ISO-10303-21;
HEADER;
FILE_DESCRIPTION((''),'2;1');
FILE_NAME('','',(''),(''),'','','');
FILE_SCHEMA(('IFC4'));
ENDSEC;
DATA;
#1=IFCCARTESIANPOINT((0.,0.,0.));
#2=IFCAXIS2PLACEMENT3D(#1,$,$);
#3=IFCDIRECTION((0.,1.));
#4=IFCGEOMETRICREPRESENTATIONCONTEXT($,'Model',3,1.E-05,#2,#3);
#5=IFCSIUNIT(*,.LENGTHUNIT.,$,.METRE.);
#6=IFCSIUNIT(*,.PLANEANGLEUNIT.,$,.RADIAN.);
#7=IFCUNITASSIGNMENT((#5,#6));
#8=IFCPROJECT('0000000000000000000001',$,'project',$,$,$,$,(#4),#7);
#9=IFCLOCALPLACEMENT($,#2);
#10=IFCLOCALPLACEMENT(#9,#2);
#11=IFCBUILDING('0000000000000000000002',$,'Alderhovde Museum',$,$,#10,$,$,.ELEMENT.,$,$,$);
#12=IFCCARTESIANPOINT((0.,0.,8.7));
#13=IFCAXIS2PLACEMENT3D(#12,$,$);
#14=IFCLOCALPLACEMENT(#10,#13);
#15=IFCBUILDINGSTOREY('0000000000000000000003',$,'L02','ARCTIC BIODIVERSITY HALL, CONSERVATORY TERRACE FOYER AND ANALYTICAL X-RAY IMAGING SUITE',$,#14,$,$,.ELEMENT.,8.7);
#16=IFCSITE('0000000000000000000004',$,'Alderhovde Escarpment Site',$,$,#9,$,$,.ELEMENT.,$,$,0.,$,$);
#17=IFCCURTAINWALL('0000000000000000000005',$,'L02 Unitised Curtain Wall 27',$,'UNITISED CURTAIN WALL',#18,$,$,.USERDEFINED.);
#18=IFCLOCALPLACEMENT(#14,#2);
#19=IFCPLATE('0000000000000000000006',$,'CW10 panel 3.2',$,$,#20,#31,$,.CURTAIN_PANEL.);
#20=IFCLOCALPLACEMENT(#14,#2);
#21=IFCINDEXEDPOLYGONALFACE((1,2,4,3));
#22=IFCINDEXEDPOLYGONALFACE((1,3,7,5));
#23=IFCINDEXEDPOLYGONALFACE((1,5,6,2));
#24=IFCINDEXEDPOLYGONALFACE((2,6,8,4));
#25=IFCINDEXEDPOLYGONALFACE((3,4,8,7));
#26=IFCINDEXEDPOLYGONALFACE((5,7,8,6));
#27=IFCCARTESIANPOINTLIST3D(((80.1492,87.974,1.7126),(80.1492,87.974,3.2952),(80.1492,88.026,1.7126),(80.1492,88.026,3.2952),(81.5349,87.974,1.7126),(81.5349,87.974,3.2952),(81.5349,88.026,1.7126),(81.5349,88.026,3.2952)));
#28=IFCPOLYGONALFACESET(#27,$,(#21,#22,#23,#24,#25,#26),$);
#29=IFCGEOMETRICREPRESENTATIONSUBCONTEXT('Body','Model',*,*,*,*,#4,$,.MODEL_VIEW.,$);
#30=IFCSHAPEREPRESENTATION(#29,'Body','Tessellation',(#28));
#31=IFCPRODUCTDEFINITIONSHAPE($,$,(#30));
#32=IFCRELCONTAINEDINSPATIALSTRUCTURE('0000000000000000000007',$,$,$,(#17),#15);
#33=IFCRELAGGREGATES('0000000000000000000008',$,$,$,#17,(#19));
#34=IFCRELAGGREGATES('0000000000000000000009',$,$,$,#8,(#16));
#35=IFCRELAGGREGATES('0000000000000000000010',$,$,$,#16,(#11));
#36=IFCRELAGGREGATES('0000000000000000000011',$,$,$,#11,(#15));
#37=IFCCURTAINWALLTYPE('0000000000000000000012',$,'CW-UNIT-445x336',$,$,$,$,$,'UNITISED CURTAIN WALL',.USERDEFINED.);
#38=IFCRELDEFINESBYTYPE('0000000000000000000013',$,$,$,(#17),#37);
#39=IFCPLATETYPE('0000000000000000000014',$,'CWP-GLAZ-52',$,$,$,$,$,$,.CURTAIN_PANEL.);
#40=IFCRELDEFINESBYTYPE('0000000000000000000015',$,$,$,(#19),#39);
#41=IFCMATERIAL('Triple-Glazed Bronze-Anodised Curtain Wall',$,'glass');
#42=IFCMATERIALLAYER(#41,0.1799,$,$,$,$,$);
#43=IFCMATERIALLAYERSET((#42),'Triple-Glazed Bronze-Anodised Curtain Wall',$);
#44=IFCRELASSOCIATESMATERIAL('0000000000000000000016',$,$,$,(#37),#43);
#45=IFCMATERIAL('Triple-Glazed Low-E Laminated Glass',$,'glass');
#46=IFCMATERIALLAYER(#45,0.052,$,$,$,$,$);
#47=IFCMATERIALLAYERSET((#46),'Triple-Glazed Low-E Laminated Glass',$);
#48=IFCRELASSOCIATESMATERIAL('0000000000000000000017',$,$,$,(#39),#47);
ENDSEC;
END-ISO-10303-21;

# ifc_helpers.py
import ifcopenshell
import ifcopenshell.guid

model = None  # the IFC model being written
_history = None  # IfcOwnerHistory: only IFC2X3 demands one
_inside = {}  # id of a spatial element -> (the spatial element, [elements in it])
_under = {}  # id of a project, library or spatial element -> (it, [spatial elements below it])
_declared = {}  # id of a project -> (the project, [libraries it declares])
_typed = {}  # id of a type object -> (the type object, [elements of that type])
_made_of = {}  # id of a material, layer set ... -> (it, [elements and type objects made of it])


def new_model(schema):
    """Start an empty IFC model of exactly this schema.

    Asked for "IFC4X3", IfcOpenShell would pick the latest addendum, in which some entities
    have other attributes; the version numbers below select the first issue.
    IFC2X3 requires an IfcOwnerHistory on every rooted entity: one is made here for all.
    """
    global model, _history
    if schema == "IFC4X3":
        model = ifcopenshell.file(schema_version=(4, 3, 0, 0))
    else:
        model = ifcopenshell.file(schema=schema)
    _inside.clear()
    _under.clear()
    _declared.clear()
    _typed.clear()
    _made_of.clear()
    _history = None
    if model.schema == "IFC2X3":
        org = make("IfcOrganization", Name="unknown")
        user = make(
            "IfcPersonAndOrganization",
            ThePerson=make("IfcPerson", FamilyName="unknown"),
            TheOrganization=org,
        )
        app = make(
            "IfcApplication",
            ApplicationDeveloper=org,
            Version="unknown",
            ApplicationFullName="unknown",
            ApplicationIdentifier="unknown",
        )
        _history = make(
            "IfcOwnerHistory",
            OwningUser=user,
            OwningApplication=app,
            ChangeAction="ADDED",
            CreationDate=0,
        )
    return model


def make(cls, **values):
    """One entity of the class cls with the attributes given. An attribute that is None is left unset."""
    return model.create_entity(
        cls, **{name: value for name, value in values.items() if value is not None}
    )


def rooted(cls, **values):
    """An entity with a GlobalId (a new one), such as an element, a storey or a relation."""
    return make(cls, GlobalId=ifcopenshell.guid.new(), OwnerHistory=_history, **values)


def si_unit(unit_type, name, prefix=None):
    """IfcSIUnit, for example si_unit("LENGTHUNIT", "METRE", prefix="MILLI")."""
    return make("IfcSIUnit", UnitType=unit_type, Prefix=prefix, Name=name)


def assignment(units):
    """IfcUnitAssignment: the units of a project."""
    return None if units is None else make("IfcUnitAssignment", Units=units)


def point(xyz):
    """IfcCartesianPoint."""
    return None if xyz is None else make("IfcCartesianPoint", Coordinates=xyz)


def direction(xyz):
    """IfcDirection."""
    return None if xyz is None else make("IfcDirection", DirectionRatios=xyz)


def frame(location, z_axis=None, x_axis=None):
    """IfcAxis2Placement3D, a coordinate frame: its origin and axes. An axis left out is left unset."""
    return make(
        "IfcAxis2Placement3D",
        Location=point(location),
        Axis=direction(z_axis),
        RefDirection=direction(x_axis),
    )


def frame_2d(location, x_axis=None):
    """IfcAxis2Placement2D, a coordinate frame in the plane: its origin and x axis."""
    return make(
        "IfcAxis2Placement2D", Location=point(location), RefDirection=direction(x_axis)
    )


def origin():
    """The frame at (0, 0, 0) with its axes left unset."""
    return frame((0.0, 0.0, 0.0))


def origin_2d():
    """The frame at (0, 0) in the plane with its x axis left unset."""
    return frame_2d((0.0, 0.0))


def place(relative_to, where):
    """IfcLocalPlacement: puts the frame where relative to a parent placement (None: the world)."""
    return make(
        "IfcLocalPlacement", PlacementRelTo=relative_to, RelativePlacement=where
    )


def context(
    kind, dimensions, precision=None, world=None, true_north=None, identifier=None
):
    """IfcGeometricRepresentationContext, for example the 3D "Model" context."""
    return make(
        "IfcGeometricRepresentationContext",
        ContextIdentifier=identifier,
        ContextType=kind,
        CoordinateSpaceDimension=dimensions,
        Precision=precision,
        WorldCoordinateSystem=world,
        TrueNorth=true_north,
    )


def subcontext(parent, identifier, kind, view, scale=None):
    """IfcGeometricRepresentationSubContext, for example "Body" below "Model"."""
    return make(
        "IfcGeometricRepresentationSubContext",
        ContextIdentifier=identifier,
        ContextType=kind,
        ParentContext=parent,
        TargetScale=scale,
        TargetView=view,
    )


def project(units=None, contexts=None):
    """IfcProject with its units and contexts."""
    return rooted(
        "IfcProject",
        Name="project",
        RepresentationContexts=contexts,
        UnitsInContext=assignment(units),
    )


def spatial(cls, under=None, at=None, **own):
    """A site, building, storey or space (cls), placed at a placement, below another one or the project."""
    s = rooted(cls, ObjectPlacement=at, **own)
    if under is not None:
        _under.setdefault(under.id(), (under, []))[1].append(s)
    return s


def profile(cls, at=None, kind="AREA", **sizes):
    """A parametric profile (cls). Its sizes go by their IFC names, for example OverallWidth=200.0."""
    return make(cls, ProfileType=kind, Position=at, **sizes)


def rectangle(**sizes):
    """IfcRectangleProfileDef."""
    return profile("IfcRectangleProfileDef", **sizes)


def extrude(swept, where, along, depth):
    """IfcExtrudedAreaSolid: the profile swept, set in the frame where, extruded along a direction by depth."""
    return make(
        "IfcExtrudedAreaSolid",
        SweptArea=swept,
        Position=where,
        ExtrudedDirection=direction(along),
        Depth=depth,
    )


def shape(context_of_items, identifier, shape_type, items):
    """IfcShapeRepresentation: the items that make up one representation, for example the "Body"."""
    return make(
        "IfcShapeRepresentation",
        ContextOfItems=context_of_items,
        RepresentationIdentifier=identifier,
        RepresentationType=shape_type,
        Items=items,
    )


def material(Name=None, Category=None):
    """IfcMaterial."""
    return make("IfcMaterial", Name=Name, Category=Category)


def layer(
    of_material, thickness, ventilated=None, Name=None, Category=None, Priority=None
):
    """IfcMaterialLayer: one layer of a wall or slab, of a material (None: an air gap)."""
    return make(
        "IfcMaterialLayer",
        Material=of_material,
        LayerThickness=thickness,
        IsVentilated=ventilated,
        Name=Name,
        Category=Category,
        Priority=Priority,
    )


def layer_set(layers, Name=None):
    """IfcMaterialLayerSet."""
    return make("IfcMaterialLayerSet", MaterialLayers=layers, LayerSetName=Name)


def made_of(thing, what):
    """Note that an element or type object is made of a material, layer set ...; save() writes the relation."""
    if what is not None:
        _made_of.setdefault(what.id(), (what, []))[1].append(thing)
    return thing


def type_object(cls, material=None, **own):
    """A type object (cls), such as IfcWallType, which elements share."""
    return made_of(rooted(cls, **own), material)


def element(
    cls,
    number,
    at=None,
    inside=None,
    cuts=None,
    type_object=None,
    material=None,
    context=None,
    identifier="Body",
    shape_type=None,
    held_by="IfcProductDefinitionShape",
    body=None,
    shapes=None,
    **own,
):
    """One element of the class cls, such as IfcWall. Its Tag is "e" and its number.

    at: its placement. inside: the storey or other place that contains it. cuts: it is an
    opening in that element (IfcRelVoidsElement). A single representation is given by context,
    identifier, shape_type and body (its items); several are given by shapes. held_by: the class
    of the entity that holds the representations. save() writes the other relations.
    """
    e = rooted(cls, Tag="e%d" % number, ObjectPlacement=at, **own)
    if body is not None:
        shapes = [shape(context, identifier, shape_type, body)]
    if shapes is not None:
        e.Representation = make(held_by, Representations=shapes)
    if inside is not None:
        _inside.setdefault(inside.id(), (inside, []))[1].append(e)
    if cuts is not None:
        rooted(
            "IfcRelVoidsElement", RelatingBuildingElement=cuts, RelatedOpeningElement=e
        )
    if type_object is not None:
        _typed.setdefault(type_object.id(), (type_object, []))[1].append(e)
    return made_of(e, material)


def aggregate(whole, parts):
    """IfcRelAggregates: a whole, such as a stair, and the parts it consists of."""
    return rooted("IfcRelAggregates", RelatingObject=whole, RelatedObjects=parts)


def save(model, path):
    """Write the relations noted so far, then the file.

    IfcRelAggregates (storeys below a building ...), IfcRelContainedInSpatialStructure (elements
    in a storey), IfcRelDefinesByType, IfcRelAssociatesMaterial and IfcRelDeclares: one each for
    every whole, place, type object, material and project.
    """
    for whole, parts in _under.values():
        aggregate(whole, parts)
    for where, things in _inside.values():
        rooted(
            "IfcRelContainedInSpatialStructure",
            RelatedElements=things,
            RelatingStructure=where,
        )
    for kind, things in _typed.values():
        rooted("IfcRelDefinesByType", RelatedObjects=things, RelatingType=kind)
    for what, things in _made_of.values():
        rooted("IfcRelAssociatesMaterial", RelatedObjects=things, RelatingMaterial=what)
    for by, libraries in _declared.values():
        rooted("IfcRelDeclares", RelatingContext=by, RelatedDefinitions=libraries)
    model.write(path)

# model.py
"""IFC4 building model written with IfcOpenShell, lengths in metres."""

from ifc_helpers import new_model, si_unit, direction, frame, origin, origin_2d, place, context, subcontext, project, spatial, rectangle, extrude, material, layer, layer_set, type_object, element, aggregate, save


model = new_model("IFC4")

# Units and contexts
model_context = context("Model", 3, precision=1e-05, world=origin(), true_north=direction((0.0, 1.0)))
body_context = subcontext(model_context, "Body", "Model", "MODEL_VIEW")
ifc_project = project(units=[si_unit("LENGTHUNIT", "METRE"), si_unit("PLANEANGLEUNIT", "RADIAN")], contexts=[model_context])

# Site, building, storey
site_placement = place(None, origin())
site = spatial("IfcSite", under=ifc_project, at=site_placement, Name="Alderhovde Escarpment Site", CompositionType="ELEMENT", RefElevation=0.0)
building_placement = place(site_placement, origin())
building = spatial("IfcBuilding", under=site, at=building_placement, Name="Alderhovde Museum", CompositionType="ELEMENT")
storey_placement = place(building_placement, frame((0.0, 0.0, 8.7)))
storey = spatial("IfcBuildingStorey", under=building, at=storey_placement, Name="L02", Description="ARCTIC BIODIVERSITY HALL, CONSERVATORY TERRACE FOYER AND ANALYTICAL X-RAY IMAGING SUITE", CompositionType="ELEMENT", Elevation=8.7)

# Curtain wall
ifc_material_1 = material(Name="Triple-Glazed Bronze-Anodised Curtain Wall", Category="glass")
ifc_layer_1 = layer(ifc_material_1, 0.1799)
ifc_layer_set_1 = layer_set([ifc_layer_1], Name="Triple-Glazed Bronze-Anodised Curtain Wall")
curtain_wall_type_1 = type_object("IfcCurtainWallType", Name="CW-UNIT-445x336", ElementType="UNITISED CURTAIN WALL", PredefinedType="USERDEFINED", material=ifc_layer_set_1)
curtain_wall_1_placement = place(storey_placement, origin())
curtain_wall_1 = element("IfcCurtainWall", 1, at=curtain_wall_1_placement, inside=storey, type_object=curtain_wall_type_1, Name="L02 Unitised Curtain Wall 27", ObjectType="UNITISED CURTAIN WALL", PredefinedType="USERDEFINED")

# Plate
ifc_material_2 = material(Name="Triple-Glazed Low-E Laminated Glass", Category="glass")
ifc_layer_2 = layer(ifc_material_2, 0.052)
ifc_layer_set_2 = layer_set([ifc_layer_2], Name="Triple-Glazed Low-E Laminated Glass")
plate_type_1 = type_object("IfcPlateType", Name="CWP-GLAZ-52", PredefinedType="CURTAIN_PANEL", material=ifc_layer_set_2)
plate_1_placement = place(storey_placement, frame((80.842, 88.0, 1.7126), z_axis=(0.0, 0.0, 1.0), x_axis=(1.0, 0.0, 0.0)))
plate_1 = element("IfcPlate", 2, at=plate_1_placement, type_object=plate_type_1, Name="CW10 panel 3.2", PredefinedType="CURTAIN_PANEL", context=body_context, shape_type="SweptSolid", body=[
    extrude(rectangle(XDim=1.3857, YDim=0.052, at=origin_2d()), origin(), (0.0, 0.0, 1.0), 1.5825),
])
aggregate(curtain_wall_1, [plate_1])

save(model, "model.ifc")
